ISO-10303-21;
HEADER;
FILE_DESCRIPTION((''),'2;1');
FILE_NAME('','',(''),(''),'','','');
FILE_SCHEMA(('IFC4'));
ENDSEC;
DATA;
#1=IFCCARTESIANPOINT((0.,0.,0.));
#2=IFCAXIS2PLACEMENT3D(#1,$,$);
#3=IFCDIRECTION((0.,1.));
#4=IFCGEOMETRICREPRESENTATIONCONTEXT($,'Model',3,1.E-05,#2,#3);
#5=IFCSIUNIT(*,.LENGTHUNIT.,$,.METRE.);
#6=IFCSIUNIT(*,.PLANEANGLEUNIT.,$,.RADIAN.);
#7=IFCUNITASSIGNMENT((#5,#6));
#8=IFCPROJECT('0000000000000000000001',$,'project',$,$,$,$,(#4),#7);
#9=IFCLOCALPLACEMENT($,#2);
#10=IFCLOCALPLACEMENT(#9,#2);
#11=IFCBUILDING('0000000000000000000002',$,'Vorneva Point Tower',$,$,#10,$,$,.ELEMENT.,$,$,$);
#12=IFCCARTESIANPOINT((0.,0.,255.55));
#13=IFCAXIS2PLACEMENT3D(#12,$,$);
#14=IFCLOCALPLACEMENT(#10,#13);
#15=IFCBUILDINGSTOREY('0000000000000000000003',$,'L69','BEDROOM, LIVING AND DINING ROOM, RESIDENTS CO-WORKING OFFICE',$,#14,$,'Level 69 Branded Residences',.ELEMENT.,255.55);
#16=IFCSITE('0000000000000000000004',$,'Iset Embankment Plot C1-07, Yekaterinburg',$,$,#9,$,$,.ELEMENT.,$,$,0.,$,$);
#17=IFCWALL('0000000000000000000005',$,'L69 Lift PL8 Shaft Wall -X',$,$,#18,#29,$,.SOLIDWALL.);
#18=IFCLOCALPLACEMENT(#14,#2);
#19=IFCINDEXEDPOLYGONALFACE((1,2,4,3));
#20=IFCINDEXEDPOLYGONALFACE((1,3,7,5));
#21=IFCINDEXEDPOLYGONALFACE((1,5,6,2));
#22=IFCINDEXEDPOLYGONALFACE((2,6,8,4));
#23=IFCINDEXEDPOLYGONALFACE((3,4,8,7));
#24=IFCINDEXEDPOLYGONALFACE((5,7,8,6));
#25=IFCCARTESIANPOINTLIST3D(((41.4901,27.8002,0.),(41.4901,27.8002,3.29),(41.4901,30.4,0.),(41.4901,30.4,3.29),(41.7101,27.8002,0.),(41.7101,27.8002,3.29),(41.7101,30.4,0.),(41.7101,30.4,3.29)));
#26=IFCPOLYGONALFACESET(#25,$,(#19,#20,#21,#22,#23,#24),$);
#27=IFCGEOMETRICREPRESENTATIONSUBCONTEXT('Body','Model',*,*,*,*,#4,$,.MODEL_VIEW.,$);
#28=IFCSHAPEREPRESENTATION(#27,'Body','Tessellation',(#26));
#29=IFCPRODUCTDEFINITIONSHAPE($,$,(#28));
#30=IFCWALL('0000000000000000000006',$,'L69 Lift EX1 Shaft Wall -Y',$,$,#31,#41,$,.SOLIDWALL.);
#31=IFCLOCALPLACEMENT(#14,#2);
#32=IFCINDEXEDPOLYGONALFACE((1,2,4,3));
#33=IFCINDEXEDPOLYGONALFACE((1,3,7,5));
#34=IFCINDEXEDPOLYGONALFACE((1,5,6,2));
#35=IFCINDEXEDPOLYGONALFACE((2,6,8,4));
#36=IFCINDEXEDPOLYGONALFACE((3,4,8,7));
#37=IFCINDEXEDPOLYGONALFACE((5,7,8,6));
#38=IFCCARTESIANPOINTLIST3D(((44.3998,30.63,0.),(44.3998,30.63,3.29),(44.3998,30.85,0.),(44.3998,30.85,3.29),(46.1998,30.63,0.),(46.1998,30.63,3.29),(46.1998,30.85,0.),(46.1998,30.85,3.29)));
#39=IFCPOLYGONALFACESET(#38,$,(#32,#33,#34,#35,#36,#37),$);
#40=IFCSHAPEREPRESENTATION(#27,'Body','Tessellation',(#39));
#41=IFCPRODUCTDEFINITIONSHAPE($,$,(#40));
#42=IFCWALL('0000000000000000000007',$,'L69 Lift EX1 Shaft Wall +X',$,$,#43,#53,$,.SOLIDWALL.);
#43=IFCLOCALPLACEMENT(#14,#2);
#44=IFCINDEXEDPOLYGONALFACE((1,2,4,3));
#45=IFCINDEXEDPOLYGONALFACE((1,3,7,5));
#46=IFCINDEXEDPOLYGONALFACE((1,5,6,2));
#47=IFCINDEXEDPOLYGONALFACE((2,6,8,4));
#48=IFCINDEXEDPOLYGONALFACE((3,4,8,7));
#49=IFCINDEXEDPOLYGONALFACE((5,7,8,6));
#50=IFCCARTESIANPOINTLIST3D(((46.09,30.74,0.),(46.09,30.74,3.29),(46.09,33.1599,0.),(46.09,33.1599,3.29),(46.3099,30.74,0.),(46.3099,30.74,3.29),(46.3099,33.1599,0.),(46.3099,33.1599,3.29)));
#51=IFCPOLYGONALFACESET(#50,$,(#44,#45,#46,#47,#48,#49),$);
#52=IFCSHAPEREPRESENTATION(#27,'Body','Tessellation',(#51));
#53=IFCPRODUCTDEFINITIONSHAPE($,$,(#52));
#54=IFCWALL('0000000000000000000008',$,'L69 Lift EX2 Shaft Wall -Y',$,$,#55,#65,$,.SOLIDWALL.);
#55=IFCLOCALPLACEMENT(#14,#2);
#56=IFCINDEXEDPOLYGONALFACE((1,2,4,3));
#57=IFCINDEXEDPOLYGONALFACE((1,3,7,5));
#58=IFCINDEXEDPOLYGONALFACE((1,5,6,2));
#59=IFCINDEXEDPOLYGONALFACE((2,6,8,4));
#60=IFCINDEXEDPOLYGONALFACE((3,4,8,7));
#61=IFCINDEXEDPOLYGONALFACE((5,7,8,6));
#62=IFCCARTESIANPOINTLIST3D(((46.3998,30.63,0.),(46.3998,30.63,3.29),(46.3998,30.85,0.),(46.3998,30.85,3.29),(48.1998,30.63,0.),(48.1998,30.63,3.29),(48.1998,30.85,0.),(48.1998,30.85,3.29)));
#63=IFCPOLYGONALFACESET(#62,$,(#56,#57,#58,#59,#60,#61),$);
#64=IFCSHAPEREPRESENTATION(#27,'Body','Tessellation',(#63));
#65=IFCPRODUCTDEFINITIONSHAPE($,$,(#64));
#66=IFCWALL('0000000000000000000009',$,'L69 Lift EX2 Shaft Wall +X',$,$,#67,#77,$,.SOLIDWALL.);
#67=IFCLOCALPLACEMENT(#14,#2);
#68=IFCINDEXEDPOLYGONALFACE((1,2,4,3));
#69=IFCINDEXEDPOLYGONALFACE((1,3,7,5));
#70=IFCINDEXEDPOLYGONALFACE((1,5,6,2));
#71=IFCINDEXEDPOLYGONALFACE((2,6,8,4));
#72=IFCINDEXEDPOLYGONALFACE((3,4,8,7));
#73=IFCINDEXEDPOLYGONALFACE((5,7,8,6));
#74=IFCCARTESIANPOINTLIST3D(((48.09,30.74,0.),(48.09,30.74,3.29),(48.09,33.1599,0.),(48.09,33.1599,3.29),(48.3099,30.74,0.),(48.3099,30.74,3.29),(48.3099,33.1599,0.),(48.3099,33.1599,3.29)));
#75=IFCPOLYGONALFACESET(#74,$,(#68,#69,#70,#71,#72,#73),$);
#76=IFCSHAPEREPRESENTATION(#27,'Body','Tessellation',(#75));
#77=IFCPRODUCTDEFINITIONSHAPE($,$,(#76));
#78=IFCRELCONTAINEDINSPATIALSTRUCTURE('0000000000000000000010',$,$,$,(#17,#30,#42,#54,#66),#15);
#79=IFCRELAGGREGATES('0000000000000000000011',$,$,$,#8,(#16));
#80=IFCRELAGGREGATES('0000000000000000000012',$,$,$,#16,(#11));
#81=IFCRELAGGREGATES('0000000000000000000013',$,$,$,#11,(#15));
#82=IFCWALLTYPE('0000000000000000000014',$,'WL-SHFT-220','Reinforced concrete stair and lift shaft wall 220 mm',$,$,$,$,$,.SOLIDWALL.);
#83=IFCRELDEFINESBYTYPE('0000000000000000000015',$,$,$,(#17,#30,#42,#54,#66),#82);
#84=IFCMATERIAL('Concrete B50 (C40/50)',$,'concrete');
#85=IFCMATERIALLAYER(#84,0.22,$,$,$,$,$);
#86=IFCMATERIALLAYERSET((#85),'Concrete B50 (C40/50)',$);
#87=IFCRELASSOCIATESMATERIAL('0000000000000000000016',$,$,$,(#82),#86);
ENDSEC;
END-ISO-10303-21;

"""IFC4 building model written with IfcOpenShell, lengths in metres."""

from ifc_helpers import new_model, si_unit, direction, frame, frame_2d, origin, place, context, subcontext, project, spatial, rectangle, extrude, material, layer, layer_set, type_object, element, save


model = new_model("IFC4")

# Units and contexts
model_context = context("Model", 3, precision=1e-05, world=origin(), true_north=direction((0.0, 1.0)))
body_context = subcontext(model_context, "Body", "Model", "MODEL_VIEW")
ifc_project = project(units=[si_unit("LENGTHUNIT", "METRE"), si_unit("PLANEANGLEUNIT", "RADIAN")], contexts=[model_context])

# Site, building, storey
site_placement = place(None, origin())
site = spatial("IfcSite", under=ifc_project, at=site_placement, Name="Iset Embankment Plot C1-07, Yekaterinburg", CompositionType="ELEMENT", RefElevation=0.0)
building_placement = place(site_placement, origin())
building = spatial("IfcBuilding", under=site, at=building_placement, Name="Vorneva Point Tower", CompositionType="ELEMENT")
storey_placement = place(building_placement, frame((0.0, 0.0, 255.55)))
storey = spatial("IfcBuildingStorey", under=building, at=storey_placement, Name="L69", Description="BEDROOM, LIVING AND DINING ROOM, RESIDENTS CO-WORKING OFFICE", LongName="Level 69 Branded Residences", CompositionType="ELEMENT", Elevation=255.55)

# Shared definitions
ifc_material_1 = material(Name="Concrete B50 (C40/50)", Category="concrete")

# Shared definitions
ifc_layer_1 = layer(ifc_material_1, 0.22)
ifc_layer_set_1 = layer_set([ifc_layer_1], Name="Concrete B50 (C40/50)")
wall_type_1 = type_object("IfcWallType", Name="WL-SHFT-220", Description="Reinforced concrete stair and lift shaft wall 220 mm", PredefinedType="SOLIDWALL", material=ifc_layer_set_1)

# Walls
wall_1_placement = place(storey_placement, frame((41.6001, 30.3999, 0.0), z_axis=(0.0, 0.0, 1.0), x_axis=(0.0, -1.0, 0.0)))
element("IfcWall", 1, at=wall_1_placement, inside=storey, type_object=wall_type_1, Name="L69 Lift PL8 Shaft Wall -X", PredefinedType="SOLIDWALL", context=body_context, shape_type="SweptSolid", body=[
    extrude(rectangle(XDim=2.5999, YDim=0.22, at=frame_2d((1.2998, 0.0))), origin(), (0.0, 0.0, 1.0), 3.29),
])
wall_2_placement = place(storey_placement, frame((44.3999, 30.74, 0.0), z_axis=(0.0, 0.0, 1.0), x_axis=(1.0, 0.0, 0.0)))
element("IfcWall", 2, at=wall_2_placement, inside=storey, type_object=wall_type_1, Name="L69 Lift EX1 Shaft Wall -Y", PredefinedType="SOLIDWALL", context=body_context, shape_type="SweptSolid", body=[
    extrude(rectangle(XDim=1.8, YDim=0.22, at=frame_2d((0.8999, 0.0))), origin(), (0.0, 0.0, 1.0), 3.29),
])
wall_3_placement = place(storey_placement, frame((46.2, 30.74, 0.0), z_axis=(0.0, 0.0, 1.0), x_axis=(0.0, 1.0, 0.0)))
element("IfcWall", 3, at=wall_3_placement, inside=storey, type_object=wall_type_1, Name="L69 Lift EX1 Shaft Wall +X", PredefinedType="SOLIDWALL", context=body_context, shape_type="SweptSolid", body=[
    extrude(rectangle(XDim=2.4199, YDim=0.22, at=frame_2d((1.21, 0.0))), origin(), (0.0, 0.0, 1.0), 3.29),
])
wall_4_placement = place(storey_placement, frame((46.3999, 30.74, 0.0), z_axis=(0.0, 0.0, 1.0), x_axis=(1.0, 0.0, 0.0)))
element("IfcWall", 4, at=wall_4_placement, inside=storey, type_object=wall_type_1, Name="L69 Lift EX2 Shaft Wall -Y", PredefinedType="SOLIDWALL", context=body_context, shape_type="SweptSolid", body=[
    extrude(rectangle(XDim=1.8, YDim=0.22, at=frame_2d((0.8999, 0.0))), origin(), (0.0, 0.0, 1.0), 3.29),
])
wall_5_placement = place(storey_placement, frame((48.2, 30.74, 0.0), z_axis=(0.0, 0.0, 1.0), x_axis=(0.0, 1.0, 0.0)))
element("IfcWall", 5, at=wall_5_placement, inside=storey, type_object=wall_type_1, Name="L69 Lift EX2 Shaft Wall +X", PredefinedType="SOLIDWALL", context=body_context, shape_type="SweptSolid", body=[
    extrude(rectangle(XDim=2.4199, YDim=0.22, at=frame_2d((1.21, 0.0))), origin(), (0.0, 0.0, 1.0), 3.29),
])

save(model, "model.ifc")
